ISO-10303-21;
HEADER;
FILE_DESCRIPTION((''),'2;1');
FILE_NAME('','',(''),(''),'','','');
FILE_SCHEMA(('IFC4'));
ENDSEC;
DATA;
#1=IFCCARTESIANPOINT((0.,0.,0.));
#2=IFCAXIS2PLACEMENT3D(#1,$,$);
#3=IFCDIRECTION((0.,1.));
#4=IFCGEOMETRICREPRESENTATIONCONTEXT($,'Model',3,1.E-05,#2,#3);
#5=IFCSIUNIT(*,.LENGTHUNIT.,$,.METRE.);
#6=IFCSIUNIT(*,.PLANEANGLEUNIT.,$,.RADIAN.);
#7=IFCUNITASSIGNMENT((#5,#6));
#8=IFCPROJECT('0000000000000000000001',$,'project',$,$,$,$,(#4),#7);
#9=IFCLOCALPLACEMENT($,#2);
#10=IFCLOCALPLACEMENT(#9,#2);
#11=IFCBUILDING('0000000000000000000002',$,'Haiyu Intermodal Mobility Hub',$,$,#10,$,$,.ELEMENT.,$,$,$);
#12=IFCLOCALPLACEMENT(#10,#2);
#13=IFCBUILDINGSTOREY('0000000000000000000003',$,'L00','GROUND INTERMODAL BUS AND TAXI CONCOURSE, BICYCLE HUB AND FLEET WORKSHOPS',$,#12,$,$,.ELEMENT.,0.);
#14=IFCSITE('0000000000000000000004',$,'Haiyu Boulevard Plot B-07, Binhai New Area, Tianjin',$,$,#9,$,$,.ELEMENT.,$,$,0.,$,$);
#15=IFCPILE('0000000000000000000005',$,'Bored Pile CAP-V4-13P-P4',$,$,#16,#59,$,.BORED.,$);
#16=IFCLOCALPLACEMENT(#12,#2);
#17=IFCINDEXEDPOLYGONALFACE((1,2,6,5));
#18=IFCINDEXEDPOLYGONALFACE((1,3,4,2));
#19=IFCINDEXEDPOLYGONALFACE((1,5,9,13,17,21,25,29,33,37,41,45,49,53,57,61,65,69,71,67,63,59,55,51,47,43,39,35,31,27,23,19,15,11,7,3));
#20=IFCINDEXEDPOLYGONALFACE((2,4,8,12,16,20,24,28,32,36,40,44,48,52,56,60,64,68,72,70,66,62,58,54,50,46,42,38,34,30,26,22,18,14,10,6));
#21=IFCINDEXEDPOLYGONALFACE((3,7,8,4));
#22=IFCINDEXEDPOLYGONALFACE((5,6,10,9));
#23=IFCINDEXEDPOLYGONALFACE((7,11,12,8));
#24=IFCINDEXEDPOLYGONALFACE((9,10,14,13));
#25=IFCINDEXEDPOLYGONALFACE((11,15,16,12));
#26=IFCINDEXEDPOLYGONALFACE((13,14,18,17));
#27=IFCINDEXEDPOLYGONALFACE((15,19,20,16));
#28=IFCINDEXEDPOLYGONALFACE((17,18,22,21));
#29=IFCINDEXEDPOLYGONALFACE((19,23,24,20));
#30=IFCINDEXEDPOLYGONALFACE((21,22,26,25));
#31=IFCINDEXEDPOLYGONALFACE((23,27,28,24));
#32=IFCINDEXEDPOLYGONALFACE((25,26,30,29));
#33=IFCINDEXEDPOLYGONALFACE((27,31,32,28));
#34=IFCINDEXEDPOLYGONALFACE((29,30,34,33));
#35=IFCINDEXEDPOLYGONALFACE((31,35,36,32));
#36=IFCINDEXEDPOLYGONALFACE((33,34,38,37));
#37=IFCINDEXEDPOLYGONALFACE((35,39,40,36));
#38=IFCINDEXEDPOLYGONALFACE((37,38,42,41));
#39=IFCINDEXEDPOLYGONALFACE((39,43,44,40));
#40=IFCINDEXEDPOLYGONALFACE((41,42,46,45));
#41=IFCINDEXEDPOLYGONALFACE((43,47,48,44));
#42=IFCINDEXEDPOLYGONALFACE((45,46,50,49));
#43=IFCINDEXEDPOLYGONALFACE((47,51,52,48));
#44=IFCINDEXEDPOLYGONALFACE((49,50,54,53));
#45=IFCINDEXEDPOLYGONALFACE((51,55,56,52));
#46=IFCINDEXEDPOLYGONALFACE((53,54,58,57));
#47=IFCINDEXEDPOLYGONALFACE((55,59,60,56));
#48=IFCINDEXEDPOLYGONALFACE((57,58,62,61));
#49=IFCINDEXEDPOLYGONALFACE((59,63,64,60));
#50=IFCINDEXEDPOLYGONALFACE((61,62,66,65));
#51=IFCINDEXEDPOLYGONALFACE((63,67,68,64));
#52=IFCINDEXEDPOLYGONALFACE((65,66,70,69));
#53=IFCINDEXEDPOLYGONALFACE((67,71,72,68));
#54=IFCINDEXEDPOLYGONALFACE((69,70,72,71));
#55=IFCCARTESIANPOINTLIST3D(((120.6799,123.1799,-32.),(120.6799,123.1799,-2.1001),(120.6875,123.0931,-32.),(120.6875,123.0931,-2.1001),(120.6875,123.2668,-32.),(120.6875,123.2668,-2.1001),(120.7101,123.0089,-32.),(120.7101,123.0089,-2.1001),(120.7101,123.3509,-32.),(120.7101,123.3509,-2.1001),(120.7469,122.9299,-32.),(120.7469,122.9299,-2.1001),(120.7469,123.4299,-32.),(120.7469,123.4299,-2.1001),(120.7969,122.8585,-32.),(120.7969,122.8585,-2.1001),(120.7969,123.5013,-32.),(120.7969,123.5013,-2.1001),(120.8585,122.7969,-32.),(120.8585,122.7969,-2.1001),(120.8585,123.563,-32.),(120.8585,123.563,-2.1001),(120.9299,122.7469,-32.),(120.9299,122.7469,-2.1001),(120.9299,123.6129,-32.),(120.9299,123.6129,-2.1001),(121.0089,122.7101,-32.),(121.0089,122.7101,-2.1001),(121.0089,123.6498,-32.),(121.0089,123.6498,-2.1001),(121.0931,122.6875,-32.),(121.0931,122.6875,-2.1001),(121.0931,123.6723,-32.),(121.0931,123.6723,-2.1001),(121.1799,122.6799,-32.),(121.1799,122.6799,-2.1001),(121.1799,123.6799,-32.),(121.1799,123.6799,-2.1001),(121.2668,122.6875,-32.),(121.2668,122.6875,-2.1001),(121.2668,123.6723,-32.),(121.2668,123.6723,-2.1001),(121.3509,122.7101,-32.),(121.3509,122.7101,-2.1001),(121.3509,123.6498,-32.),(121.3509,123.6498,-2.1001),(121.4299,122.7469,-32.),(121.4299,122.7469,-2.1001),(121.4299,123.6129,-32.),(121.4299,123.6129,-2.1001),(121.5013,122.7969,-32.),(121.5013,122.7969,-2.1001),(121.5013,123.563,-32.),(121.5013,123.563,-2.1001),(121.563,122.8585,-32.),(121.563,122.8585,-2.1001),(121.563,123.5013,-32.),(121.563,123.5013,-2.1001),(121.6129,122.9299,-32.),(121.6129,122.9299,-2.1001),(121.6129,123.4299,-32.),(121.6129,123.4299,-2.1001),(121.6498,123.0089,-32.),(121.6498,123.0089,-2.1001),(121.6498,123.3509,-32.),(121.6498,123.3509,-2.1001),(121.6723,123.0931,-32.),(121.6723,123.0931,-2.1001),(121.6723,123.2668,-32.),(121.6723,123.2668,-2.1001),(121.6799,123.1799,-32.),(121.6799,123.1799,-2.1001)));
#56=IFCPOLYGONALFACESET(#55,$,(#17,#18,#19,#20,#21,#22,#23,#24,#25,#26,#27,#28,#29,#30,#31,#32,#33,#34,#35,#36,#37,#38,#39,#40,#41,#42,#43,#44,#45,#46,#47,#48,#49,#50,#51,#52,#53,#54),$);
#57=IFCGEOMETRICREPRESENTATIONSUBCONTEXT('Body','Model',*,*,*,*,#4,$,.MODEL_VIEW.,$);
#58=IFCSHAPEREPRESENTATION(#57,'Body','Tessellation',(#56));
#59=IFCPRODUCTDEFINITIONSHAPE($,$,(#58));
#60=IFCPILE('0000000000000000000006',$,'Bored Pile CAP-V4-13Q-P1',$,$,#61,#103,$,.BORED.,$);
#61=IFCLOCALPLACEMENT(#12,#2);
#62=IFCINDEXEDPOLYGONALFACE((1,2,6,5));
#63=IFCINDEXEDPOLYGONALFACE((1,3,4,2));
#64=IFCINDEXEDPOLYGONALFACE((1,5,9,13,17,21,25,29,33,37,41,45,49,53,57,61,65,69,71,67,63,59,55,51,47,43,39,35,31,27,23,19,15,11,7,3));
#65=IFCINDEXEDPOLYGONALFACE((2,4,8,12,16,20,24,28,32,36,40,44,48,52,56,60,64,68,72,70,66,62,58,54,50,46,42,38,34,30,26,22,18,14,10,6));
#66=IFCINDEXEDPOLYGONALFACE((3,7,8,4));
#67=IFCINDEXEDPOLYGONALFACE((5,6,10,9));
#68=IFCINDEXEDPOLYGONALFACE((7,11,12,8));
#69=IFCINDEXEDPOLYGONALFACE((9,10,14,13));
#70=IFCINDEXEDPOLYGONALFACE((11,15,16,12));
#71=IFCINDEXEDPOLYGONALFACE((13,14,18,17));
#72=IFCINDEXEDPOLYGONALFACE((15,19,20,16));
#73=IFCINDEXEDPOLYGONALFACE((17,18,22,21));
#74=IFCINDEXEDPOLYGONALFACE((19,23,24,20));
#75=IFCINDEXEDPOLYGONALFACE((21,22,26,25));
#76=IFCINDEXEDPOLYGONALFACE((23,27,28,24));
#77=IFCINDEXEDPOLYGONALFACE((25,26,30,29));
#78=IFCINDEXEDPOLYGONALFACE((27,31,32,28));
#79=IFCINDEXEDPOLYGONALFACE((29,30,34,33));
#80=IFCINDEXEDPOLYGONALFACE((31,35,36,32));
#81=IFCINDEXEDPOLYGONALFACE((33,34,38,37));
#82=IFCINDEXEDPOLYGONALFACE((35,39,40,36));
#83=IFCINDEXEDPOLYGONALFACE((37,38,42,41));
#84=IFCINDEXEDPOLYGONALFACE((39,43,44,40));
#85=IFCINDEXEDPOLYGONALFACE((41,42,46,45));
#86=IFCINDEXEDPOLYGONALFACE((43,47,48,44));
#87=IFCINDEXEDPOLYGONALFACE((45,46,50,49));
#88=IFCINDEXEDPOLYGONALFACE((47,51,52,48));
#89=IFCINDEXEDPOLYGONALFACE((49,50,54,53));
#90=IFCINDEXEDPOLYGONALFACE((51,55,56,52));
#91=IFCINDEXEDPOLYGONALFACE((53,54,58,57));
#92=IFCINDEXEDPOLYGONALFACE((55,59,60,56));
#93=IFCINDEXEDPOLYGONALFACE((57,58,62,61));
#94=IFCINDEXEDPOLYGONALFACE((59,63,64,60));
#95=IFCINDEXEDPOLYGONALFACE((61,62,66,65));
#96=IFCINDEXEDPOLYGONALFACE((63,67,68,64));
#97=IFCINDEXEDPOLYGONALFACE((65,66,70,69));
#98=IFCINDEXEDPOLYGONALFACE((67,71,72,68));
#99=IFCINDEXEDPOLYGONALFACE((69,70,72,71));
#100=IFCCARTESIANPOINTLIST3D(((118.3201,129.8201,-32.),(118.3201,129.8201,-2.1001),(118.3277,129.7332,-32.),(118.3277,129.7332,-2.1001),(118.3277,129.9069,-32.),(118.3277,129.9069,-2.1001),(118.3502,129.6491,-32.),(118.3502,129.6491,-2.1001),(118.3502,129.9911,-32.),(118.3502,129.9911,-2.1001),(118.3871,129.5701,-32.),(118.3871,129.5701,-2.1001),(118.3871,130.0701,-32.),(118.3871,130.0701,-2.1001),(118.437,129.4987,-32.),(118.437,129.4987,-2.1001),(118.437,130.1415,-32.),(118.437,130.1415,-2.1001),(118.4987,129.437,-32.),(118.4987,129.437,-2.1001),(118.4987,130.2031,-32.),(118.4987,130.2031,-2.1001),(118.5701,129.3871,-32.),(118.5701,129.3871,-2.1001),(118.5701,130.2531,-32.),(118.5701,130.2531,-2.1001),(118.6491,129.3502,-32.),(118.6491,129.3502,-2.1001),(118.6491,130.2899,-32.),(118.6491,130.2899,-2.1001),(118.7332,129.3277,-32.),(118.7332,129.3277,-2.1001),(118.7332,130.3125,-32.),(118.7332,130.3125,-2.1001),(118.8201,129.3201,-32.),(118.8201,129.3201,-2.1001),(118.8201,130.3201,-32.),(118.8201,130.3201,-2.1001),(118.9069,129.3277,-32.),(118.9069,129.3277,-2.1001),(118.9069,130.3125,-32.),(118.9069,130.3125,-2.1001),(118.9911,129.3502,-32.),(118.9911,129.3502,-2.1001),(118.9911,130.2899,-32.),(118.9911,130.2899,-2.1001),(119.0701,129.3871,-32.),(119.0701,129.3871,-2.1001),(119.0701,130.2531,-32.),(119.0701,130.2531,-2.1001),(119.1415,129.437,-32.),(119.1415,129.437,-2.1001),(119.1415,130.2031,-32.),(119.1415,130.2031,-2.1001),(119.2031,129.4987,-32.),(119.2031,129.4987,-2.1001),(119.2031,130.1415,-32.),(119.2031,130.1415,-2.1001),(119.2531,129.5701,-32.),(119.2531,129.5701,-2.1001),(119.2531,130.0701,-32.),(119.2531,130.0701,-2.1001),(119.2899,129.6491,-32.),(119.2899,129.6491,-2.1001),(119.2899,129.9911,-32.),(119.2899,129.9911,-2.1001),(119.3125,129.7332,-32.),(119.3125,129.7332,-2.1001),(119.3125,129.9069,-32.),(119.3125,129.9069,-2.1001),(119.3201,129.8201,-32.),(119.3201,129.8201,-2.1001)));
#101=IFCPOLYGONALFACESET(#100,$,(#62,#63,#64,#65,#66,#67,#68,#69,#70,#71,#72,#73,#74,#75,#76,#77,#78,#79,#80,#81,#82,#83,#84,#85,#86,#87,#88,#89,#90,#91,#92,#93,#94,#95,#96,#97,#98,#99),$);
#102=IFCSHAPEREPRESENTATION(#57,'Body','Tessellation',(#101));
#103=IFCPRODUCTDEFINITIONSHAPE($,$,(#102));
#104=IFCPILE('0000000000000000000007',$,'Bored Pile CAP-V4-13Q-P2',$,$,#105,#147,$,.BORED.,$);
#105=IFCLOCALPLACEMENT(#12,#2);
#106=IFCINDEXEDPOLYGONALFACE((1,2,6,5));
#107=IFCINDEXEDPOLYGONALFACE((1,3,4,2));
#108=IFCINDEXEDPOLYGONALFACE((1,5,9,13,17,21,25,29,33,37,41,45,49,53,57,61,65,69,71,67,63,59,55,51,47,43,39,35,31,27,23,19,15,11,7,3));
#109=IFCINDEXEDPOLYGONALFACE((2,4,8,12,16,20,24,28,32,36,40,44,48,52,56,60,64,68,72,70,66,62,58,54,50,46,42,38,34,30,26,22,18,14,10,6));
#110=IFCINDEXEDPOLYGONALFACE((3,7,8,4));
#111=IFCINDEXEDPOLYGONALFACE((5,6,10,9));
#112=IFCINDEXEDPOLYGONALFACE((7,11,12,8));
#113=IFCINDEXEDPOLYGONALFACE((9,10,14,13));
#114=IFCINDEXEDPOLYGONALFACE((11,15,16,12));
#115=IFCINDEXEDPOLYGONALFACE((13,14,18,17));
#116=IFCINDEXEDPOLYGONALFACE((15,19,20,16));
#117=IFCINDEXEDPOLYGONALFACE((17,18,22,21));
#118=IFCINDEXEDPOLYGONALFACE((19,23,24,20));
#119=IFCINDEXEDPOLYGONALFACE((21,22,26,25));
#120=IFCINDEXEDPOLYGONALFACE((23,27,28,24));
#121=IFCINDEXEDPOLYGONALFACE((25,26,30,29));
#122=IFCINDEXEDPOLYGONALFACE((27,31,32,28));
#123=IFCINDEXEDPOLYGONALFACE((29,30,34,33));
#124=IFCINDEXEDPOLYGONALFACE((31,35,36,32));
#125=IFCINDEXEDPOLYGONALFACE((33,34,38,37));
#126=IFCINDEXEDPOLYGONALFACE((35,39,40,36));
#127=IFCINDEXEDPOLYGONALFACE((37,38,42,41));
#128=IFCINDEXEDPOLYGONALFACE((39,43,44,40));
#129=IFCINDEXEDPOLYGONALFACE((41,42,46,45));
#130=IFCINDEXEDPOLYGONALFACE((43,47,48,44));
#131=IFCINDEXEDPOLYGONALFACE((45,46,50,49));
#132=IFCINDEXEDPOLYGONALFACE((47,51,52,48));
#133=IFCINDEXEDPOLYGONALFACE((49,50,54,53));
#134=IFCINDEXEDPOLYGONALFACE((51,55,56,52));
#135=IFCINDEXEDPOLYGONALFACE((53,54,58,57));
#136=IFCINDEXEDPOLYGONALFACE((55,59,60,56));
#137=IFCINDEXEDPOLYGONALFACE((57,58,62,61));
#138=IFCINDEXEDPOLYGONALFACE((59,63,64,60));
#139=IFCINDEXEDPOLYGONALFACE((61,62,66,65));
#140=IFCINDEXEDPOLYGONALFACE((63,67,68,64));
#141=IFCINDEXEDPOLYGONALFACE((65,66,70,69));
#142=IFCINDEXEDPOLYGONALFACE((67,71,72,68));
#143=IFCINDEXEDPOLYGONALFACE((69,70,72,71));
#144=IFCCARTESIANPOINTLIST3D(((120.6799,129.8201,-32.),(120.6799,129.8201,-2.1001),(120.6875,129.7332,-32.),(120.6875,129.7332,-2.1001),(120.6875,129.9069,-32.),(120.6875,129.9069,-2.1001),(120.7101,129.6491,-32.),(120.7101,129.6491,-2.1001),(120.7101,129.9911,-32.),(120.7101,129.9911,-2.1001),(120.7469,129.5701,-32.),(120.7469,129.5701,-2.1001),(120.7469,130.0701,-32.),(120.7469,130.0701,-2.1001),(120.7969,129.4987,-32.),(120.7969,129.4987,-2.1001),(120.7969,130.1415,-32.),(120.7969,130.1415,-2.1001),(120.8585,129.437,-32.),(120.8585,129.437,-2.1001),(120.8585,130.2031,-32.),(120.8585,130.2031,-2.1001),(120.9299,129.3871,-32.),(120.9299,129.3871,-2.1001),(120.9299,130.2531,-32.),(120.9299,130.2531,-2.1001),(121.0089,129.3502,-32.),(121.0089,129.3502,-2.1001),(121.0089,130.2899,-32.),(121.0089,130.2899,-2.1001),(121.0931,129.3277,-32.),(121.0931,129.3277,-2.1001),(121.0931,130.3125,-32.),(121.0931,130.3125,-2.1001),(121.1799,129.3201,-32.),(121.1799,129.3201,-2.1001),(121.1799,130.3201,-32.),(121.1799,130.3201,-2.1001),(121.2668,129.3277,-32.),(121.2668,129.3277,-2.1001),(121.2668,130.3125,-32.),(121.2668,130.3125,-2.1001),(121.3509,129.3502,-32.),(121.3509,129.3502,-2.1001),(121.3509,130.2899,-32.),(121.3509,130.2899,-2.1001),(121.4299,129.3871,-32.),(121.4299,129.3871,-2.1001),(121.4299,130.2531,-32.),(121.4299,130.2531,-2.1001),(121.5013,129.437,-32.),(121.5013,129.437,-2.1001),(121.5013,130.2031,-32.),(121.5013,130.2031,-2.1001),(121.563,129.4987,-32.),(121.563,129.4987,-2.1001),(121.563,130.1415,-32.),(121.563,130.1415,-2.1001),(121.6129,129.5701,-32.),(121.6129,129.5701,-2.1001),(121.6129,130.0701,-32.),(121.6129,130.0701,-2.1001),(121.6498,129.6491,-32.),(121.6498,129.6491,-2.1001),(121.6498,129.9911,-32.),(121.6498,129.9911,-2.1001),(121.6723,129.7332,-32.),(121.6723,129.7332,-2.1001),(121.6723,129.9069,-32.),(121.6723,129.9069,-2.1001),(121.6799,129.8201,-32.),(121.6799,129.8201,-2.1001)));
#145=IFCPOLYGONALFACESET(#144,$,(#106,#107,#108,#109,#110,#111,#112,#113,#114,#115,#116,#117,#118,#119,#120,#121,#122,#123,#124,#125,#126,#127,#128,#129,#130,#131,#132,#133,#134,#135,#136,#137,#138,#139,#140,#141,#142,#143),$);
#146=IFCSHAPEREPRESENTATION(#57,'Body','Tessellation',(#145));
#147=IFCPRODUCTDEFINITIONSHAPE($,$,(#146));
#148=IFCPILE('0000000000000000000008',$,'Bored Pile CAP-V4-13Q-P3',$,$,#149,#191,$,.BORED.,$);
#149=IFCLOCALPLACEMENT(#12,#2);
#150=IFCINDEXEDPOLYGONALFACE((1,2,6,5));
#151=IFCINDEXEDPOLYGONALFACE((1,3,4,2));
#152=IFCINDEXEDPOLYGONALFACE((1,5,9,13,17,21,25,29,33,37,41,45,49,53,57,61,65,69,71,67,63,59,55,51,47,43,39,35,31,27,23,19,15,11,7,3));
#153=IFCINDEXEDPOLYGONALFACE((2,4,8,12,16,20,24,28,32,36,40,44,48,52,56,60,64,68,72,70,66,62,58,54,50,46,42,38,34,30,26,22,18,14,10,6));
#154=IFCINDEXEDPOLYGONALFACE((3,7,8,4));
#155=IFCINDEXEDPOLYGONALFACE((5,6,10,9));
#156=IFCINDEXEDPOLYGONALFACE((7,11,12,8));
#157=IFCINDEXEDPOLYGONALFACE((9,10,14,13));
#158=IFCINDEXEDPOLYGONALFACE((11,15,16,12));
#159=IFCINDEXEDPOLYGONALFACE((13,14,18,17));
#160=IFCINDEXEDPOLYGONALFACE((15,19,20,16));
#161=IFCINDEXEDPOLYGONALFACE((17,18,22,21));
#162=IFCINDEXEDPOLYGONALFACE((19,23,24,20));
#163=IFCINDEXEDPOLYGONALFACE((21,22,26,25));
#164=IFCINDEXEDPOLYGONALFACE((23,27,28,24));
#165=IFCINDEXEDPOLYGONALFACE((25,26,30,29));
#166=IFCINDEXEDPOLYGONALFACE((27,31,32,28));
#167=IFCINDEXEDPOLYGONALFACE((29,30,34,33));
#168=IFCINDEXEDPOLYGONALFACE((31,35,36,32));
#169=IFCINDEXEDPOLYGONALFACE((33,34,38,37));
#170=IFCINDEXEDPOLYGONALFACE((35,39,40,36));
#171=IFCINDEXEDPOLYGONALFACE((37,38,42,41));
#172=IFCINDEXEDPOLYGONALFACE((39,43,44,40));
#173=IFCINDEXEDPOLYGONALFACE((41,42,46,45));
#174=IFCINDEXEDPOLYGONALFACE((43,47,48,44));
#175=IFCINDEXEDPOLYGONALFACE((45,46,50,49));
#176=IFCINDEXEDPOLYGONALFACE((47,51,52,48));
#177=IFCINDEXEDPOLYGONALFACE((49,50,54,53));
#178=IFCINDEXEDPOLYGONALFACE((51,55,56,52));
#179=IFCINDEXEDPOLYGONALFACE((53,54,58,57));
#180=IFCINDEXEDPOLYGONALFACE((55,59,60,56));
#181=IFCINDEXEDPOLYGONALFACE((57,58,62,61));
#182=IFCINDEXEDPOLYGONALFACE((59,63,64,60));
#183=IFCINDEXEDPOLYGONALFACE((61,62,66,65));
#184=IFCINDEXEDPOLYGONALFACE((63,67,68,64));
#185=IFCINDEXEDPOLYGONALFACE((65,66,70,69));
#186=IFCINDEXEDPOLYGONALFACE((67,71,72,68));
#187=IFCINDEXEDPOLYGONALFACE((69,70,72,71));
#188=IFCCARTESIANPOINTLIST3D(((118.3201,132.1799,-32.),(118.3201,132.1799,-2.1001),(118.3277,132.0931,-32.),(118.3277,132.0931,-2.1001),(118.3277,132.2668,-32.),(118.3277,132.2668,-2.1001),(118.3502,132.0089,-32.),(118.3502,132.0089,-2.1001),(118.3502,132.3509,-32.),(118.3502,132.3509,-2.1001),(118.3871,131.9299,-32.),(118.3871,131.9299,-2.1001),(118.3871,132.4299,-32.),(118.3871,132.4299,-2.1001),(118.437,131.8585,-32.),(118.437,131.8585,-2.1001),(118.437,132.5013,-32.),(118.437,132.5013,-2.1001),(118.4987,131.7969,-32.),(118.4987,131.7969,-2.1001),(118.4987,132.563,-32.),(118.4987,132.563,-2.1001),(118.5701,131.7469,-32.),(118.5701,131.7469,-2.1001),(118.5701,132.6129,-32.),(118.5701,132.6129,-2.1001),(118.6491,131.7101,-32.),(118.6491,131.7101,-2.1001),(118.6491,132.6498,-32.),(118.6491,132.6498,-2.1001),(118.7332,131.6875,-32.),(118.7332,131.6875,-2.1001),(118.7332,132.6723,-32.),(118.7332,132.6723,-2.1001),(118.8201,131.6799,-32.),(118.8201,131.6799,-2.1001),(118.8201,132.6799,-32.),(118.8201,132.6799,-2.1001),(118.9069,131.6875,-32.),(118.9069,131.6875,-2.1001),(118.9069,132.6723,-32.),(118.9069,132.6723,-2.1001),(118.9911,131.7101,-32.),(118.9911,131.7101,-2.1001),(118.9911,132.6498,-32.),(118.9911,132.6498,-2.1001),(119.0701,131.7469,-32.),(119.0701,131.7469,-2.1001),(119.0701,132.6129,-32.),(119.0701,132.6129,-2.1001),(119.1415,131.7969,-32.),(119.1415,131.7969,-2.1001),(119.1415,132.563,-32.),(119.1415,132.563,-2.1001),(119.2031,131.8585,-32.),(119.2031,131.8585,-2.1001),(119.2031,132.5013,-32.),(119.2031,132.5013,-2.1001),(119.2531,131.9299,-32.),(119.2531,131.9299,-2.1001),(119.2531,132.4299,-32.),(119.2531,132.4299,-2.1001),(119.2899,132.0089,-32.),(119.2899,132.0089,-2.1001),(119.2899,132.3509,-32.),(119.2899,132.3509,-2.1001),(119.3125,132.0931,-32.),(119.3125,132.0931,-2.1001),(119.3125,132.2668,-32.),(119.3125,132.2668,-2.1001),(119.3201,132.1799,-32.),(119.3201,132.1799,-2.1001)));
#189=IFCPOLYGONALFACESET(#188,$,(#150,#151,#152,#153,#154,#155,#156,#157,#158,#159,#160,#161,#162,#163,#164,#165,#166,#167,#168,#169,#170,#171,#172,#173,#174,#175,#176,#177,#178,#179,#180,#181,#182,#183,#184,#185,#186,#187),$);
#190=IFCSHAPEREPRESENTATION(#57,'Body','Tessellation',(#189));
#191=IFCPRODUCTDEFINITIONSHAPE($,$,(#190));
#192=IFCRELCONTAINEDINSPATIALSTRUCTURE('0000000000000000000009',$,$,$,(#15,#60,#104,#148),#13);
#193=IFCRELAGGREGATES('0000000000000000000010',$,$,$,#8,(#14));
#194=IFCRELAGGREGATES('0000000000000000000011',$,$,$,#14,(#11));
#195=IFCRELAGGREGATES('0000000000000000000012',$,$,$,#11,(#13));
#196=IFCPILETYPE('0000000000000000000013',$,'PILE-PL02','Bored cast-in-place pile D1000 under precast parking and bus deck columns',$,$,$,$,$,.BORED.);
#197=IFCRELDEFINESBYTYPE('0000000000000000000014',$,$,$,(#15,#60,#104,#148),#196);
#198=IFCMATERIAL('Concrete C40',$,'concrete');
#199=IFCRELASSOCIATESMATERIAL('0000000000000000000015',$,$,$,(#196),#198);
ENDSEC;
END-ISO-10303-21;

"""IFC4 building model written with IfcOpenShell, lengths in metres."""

from ifc_helpers import new_model, si_unit, direction, frame, origin, origin_2d, place, context, subcontext, project, spatial, circle, extrude, material, material_profile, profile_set, type_object, element, save


model = new_model("IFC4")

# Units and contexts
model_context = context("Model", 3, precision=1e-05, world=origin(), true_north=direction((0.0, 1.0)))
body_context = subcontext(model_context, "Body", "Model", "MODEL_VIEW")
ifc_project = project(units=[si_unit("LENGTHUNIT", "METRE"), si_unit("PLANEANGLEUNIT", "RADIAN")], contexts=[model_context])

# Site, building, storey
site_placement = place(None, origin())
site = spatial("IfcSite", under=ifc_project, at=site_placement, Name="Haiyu Boulevard Plot B-07, Binhai New Area, Tianjin", CompositionType="ELEMENT", RefElevation=0.0)
building_placement = place(site_placement, origin())
building = spatial("IfcBuilding", under=site, at=building_placement, Name="Haiyu Intermodal Mobility Hub", CompositionType="ELEMENT")
storey_placement = place(building_placement, origin())
storey = spatial("IfcBuildingStorey", under=building, at=storey_placement, Name="L00", Description="GROUND INTERMODAL BUS AND TAXI CONCOURSE, BICYCLE HUB AND FLEET WORKSHOPS", CompositionType="ELEMENT", Elevation=0.0)

# Shared definitions
ifc_material_1 = material(Name="Concrete C40", Category="concrete")

# Piles
ifc_material_profile_1 = material_profile(ifc_material_1, circle(Radius=0.5, at=origin_2d()), Name="PILE-D1000")
ifc_profile_set_1 = profile_set([ifc_material_profile_1], Name="Concrete C40")
pile_type = type_object("IfcPileType", Name="PILE-PL02", Description="Bored cast-in-place pile D1000 under precast parking and bus deck columns", PredefinedType="BORED", material=ifc_profile_set_1)
for number, where, z_axis, x_axis, name in (
    (1, (121.1799, 123.1799, -2.1001), (0.0, 0.0, -1.0), (1.0, 0.0, 0.0), "Bored Pile CAP-V4-13P-P4"),
    (2, (118.8201, 129.8201, -2.1001), (0.0, 0.0, -1.0), (1.0, 0.0, 0.0), "Bored Pile CAP-V4-13Q-P1"),
    (3, (121.1799, 129.8201, -2.1001), (0.0, 0.0, -1.0), (1.0, 0.0, 0.0), "Bored Pile CAP-V4-13Q-P2"),
    (4, (118.8201, 132.1799, -2.1001), (0.0, 0.0, -1.0), (1.0, 0.0, 0.0), "Bored Pile CAP-V4-13Q-P3"),
):
    element("IfcPile", number, at=place(storey_placement, frame(where, z_axis=z_axis, x_axis=x_axis)), inside=storey, type_object=pile_type, Name=name, PredefinedType="BORED", context=body_context, shape_type="SweptSolid", body=[
        extrude(circle(Radius=0.5, at=origin_2d()), origin(), (0.0, 0.0, 1.0), 29.8999),
    ])

save(model, "model.ifc")
